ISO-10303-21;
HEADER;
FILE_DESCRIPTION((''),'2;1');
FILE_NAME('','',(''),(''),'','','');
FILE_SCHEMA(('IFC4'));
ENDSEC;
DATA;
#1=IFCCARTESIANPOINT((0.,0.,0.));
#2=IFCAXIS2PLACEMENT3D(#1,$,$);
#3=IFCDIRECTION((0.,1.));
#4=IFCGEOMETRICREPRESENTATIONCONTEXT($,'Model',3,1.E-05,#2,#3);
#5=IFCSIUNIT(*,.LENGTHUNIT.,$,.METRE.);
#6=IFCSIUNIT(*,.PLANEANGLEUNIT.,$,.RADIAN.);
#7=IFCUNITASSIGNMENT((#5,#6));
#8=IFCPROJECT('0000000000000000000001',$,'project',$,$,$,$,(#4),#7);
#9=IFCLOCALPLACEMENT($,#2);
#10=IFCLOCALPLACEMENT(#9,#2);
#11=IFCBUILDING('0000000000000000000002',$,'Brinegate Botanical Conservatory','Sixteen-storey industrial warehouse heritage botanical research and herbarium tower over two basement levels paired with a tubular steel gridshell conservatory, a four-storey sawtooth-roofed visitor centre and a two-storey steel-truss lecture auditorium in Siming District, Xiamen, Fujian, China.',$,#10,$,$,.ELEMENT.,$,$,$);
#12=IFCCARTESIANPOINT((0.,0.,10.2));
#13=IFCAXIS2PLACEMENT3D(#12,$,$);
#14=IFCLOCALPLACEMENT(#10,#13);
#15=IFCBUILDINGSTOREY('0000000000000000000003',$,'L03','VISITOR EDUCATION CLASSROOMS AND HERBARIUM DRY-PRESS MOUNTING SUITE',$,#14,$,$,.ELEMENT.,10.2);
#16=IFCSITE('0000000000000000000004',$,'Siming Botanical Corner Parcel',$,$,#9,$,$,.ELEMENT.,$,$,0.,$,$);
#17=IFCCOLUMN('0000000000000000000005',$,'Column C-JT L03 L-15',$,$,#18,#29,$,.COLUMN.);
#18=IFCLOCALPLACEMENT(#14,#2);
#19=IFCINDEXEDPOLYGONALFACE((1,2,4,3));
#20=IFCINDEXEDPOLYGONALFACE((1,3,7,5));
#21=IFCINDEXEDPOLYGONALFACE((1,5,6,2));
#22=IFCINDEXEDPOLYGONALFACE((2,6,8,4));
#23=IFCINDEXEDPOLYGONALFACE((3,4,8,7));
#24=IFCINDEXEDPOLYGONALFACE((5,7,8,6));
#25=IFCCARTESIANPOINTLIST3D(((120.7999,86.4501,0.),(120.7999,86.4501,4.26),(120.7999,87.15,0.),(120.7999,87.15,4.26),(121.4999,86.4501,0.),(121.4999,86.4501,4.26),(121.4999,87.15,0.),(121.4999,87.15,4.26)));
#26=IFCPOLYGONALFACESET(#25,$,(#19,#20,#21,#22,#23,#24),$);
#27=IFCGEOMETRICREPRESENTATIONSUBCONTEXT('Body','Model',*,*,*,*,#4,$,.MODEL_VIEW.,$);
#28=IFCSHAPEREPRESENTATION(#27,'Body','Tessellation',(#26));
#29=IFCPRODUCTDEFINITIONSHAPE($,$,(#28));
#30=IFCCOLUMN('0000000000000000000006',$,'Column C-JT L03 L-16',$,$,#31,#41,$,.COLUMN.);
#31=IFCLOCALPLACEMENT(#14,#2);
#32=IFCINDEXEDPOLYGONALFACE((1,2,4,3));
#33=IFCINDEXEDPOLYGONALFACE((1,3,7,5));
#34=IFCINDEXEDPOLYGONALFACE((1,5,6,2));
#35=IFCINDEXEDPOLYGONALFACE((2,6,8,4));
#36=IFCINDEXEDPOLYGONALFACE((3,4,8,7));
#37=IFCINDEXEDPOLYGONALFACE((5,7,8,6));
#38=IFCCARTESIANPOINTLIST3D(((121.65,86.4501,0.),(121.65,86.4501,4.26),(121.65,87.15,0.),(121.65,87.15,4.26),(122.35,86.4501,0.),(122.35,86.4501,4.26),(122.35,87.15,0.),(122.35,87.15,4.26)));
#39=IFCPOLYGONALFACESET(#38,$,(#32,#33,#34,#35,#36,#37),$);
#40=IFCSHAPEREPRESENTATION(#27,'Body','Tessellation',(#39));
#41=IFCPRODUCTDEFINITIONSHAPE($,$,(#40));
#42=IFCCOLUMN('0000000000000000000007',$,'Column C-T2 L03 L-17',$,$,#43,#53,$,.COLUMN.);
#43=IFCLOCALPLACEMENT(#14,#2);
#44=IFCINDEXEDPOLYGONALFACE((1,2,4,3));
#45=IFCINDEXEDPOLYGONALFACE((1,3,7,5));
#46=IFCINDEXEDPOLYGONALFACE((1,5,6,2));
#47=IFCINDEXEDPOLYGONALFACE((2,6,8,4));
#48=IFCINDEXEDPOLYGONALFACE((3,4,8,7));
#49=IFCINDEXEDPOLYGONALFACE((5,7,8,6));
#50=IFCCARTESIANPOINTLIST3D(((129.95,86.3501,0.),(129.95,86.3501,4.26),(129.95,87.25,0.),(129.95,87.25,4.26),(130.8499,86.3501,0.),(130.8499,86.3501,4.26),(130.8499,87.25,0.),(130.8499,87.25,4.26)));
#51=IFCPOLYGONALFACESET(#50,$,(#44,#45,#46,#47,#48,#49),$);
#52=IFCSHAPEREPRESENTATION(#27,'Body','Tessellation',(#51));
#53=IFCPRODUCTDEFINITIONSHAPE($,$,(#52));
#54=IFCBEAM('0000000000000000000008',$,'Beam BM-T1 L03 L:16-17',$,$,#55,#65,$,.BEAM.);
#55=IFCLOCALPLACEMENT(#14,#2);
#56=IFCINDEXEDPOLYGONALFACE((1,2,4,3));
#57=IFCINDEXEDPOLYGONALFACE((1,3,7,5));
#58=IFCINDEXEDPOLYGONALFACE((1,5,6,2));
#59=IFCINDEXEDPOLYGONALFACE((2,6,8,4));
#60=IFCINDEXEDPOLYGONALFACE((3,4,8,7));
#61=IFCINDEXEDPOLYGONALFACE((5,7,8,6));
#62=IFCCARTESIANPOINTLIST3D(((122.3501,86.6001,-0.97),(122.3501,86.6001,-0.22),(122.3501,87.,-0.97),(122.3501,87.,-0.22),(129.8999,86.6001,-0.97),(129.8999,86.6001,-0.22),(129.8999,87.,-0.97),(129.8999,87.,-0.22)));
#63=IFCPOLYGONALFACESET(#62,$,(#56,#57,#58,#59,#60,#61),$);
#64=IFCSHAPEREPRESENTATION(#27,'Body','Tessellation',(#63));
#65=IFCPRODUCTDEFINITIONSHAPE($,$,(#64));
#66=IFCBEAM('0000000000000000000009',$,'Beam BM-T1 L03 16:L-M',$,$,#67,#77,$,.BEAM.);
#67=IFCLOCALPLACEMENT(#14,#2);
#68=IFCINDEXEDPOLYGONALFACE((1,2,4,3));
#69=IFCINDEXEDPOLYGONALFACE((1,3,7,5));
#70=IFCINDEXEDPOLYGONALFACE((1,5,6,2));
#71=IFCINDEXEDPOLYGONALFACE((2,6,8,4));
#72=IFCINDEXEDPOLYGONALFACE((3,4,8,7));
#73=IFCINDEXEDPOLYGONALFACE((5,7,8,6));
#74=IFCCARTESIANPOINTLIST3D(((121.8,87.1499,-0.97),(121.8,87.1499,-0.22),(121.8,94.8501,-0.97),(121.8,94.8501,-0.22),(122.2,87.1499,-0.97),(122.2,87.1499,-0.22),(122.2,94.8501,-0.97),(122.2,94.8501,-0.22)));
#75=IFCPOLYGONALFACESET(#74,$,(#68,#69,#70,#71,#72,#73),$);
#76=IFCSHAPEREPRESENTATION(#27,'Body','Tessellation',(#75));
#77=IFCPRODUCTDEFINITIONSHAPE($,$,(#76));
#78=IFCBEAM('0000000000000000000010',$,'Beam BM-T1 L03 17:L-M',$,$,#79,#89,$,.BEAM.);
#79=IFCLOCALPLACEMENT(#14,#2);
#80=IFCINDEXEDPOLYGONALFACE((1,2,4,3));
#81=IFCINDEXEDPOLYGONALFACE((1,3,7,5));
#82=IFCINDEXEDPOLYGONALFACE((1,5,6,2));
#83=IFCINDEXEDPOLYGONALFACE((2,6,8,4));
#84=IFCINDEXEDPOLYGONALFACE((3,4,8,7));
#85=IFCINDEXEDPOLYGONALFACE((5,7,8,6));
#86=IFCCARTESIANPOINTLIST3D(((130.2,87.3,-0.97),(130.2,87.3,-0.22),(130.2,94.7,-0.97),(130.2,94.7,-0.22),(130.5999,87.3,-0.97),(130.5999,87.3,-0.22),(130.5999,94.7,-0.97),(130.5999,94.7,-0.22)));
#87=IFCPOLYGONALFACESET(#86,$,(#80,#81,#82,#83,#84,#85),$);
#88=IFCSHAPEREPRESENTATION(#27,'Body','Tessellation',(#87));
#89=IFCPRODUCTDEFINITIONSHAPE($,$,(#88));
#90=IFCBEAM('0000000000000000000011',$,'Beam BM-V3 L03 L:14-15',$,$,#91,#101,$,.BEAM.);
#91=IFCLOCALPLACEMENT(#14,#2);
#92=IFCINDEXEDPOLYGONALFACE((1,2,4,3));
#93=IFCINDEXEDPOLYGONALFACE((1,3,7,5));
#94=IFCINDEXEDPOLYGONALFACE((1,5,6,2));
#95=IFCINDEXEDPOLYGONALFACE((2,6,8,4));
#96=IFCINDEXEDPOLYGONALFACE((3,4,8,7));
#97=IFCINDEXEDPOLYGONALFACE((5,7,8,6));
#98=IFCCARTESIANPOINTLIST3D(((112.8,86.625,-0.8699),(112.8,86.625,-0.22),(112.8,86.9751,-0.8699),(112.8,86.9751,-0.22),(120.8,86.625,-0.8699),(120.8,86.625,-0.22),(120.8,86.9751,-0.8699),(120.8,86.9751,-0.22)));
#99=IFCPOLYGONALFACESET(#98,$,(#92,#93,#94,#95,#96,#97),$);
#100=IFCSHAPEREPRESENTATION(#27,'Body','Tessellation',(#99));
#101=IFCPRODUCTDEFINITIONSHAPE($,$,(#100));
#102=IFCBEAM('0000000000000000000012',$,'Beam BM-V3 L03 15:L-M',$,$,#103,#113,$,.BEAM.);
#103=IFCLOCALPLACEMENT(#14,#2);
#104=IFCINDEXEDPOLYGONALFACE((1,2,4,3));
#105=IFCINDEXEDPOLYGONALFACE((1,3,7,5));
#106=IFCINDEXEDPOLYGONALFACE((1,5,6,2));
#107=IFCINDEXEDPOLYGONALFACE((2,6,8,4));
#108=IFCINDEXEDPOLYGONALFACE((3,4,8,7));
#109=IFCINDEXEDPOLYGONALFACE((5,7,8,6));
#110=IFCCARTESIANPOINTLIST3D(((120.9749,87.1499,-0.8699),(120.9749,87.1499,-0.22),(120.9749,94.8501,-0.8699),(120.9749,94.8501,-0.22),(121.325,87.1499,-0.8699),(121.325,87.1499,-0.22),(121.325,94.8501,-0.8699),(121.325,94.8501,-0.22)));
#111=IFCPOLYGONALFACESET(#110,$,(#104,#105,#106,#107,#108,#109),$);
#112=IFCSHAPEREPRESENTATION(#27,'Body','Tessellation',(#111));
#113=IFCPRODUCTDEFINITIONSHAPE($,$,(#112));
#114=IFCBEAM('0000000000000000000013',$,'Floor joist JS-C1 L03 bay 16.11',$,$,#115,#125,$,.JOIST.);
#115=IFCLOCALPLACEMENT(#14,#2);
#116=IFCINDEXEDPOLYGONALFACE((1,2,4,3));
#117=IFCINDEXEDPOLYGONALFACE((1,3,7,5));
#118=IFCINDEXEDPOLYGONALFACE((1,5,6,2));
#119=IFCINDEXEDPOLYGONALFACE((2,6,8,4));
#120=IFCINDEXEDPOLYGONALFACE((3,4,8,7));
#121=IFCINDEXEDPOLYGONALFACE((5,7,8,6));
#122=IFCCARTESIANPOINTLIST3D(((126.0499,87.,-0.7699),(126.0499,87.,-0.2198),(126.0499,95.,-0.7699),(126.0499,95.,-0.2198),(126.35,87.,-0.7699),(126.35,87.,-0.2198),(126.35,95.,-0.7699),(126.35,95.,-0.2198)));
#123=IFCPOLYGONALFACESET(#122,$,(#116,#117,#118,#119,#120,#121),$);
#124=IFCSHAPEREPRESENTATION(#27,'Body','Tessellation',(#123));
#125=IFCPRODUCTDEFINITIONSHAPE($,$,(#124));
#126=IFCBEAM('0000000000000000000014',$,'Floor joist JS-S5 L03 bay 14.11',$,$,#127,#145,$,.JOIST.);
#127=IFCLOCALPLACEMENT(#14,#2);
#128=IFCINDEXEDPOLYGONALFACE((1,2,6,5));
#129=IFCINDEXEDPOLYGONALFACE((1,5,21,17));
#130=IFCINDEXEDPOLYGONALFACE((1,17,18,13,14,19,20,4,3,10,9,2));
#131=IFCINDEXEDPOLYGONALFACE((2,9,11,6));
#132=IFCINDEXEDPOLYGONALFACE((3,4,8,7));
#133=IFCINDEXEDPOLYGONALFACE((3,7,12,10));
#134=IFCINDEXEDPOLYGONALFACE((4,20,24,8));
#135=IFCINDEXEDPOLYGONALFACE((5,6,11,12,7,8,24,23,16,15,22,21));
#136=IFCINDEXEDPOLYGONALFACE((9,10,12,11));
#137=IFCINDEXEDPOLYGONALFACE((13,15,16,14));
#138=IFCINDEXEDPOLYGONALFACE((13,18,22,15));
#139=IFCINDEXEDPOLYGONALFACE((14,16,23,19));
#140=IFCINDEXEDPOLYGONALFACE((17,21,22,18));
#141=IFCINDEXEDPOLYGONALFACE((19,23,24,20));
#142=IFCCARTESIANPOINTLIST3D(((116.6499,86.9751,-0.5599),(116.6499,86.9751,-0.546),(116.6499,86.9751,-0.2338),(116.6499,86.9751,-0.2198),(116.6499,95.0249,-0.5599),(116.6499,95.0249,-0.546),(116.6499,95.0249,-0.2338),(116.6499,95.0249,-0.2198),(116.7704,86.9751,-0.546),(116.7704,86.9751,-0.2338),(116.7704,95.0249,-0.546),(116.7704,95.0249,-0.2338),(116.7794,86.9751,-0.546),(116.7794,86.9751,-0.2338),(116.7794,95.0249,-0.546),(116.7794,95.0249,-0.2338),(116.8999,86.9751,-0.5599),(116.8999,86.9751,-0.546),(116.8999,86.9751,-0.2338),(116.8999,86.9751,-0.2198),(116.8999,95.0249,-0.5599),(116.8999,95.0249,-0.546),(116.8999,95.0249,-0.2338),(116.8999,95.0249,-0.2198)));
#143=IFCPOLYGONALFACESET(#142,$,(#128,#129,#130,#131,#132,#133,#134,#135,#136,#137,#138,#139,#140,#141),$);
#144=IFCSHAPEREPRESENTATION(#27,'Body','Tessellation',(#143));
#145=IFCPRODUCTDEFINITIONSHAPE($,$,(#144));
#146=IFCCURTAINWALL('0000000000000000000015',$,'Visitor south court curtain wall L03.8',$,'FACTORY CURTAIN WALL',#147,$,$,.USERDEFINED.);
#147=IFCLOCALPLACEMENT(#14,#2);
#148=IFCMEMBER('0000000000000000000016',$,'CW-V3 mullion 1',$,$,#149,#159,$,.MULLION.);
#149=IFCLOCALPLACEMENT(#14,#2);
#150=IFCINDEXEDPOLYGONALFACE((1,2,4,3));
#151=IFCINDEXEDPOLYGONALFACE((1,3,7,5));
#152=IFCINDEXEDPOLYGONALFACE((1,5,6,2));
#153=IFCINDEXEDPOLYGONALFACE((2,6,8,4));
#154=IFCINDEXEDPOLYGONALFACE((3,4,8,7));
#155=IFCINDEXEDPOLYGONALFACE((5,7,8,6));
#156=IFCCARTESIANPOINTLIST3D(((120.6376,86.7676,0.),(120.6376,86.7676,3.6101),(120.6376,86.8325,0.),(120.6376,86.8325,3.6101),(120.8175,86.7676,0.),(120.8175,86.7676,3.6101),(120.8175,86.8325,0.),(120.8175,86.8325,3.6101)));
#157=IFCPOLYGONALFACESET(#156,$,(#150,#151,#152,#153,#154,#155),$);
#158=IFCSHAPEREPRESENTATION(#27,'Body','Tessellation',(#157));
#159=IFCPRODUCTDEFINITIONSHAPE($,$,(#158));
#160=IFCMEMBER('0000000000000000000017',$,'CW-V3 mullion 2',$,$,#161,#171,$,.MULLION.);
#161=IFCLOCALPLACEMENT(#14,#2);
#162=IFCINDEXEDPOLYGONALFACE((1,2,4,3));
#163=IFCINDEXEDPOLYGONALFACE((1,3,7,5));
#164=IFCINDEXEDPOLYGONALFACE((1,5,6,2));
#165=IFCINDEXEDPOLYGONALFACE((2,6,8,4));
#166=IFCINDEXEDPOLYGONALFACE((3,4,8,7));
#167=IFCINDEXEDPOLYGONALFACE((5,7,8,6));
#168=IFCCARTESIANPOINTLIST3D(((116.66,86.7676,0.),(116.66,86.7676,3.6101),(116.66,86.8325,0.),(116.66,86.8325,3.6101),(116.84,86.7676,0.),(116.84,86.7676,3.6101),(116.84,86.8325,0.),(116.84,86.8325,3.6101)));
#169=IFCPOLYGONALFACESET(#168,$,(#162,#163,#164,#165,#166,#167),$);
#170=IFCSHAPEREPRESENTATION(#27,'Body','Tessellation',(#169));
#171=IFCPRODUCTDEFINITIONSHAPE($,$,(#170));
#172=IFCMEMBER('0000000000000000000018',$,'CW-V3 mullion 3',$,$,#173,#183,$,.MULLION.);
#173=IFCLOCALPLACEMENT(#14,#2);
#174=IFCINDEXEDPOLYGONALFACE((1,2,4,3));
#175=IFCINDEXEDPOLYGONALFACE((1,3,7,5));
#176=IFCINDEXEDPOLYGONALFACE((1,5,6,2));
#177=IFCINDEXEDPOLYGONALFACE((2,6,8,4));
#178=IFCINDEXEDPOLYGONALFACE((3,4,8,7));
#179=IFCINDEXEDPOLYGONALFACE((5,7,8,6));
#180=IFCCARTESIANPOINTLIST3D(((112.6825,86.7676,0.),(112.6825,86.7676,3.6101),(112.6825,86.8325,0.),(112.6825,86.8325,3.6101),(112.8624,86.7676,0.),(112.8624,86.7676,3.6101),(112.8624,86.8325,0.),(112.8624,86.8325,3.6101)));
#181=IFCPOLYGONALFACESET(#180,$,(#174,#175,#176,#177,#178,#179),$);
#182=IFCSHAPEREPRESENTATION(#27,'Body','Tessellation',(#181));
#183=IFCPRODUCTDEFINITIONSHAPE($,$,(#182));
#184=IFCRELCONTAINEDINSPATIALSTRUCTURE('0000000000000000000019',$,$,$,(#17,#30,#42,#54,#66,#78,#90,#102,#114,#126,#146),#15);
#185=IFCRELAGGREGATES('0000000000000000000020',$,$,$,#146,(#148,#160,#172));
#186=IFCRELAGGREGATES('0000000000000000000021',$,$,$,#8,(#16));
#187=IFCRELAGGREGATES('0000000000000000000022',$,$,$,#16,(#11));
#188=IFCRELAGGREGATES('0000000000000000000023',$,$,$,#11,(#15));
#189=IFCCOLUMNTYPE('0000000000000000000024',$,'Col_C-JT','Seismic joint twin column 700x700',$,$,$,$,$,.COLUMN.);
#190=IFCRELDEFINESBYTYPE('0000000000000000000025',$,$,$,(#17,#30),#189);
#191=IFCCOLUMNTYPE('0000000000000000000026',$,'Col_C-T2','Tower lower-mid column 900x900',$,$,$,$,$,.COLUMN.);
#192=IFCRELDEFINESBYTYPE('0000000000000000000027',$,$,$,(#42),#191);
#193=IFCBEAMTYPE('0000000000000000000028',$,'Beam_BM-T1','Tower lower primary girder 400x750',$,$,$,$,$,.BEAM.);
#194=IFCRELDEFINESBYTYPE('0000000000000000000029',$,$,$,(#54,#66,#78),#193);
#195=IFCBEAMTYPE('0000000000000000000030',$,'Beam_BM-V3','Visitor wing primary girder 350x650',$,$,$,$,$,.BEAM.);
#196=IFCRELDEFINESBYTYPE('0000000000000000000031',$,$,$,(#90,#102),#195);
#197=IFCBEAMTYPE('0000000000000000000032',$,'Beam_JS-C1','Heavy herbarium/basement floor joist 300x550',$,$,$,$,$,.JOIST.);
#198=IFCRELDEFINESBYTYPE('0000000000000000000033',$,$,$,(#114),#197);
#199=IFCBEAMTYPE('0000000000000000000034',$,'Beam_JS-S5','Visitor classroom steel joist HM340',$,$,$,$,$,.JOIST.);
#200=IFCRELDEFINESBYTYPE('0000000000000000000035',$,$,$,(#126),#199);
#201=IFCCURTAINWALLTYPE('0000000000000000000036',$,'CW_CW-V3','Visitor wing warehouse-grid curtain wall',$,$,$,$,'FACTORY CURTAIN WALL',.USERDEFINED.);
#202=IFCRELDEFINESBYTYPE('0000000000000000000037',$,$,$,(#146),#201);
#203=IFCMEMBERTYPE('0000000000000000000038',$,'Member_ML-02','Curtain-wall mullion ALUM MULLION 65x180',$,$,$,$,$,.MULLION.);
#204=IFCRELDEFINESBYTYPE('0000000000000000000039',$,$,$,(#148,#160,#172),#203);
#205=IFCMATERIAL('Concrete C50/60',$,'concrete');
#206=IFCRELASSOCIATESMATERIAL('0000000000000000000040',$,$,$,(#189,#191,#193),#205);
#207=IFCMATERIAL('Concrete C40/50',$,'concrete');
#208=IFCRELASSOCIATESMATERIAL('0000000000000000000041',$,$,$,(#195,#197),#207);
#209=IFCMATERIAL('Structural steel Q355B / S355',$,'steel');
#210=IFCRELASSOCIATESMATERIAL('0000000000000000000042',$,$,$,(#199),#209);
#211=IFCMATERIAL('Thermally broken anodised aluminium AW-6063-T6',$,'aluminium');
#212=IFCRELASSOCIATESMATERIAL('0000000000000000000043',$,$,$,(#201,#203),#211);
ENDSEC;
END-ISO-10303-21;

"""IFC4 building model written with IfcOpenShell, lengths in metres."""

from ifc_helpers import new_model, si_unit, direction, frame, origin, origin_2d, place, context, subcontext, project, spatial, rectangle, i_section, extrude, material, material_profile, profile_set, type_object, element, aggregate, save


model = new_model("IFC4")

# Units and contexts
model_context = context("Model", 3, precision=1e-05, world=origin(), true_north=direction((0.0, 1.0)))
body_context = subcontext(model_context, "Body", "Model", "MODEL_VIEW")
ifc_project = project(units=[si_unit("LENGTHUNIT", "METRE"), si_unit("PLANEANGLEUNIT", "RADIAN")], contexts=[model_context])

# Site, building, storey
site_placement = place(None, origin())
site = spatial("IfcSite", under=ifc_project, at=site_placement, Name="Siming Botanical Corner Parcel", CompositionType="ELEMENT", RefElevation=0.0)
building_placement = place(site_placement, origin())
building = spatial("IfcBuilding", under=site, at=building_placement, Name="Brinegate Botanical Conservatory", Description="Sixteen-storey industrial warehouse heritage botanical research and herbarium tower over two basement levels paired with a tubular steel gridshell conservatory, a four-storey sawtooth-roofed visitor centre and a two-storey steel-truss lecture auditorium in Siming District, Xiamen, Fujian, China.", CompositionType="ELEMENT")
storey_placement = place(building_placement, frame((0.0, 0.0, 10.2)))
storey = spatial("IfcBuildingStorey", under=building, at=storey_placement, Name="L03", Description="VISITOR EDUCATION CLASSROOMS AND HERBARIUM DRY-PRESS MOUNTING SUITE", CompositionType="ELEMENT", Elevation=10.2)

# Columns
ifc_material_1 = material(Name="Concrete C50/60", Category="concrete")
ifc_material_profile_1 = material_profile(ifc_material_1, rectangle(XDim=0.7, YDim=0.7, at=origin_2d()), Name="RC COL 700x700")
ifc_profile_set_1 = profile_set([ifc_material_profile_1], Name="Concrete C50/60")
column_type_1 = type_object("IfcColumnType", Name="Col_C-JT", Description="Seismic joint twin column 700x700", PredefinedType="COLUMN", material=ifc_profile_set_1)
for number, where, z_axis, x_axis, name in (
    (1, (121.1499, 86.8, 0.0), (0.0, 0.0, 1.0), (1.0, 0.0, 0.0), "Column C-JT L03 L-15"),
    (2, (122.0, 86.8, 0.0), (0.0, 0.0, 1.0), (1.0, 0.0, 0.0), "Column C-JT L03 L-16"),
):
    element("IfcColumn", number, at=place(storey_placement, frame(where, z_axis=z_axis, x_axis=x_axis)), inside=storey, type_object=column_type_1, Name=name, PredefinedType="COLUMN", context=body_context, shape_type="SweptSolid", body=[
        extrude(rectangle(XDim=0.7, YDim=0.7, at=origin_2d()), origin(), (0.0, 0.0, 1.0), 4.26),
    ])
ifc_material_profile_2 = material_profile(ifc_material_1, rectangle(XDim=0.8999, YDim=0.8999, at=origin_2d()), Name="RC COL 900x900")
ifc_profile_set_2 = profile_set([ifc_material_profile_2], Name="Concrete C50/60")
column_type_2 = type_object("IfcColumnType", Name="Col_C-T2", Description="Tower lower-mid column 900x900", PredefinedType="COLUMN", material=ifc_profile_set_2)
column_placement = place(storey_placement, frame((130.3999, 86.8, 0.0), z_axis=(0.0, 0.0, 1.0), x_axis=(1.0, 0.0, 0.0)))
element("IfcColumn", 3, at=column_placement, inside=storey, type_object=column_type_2, Name="Column C-T2 L03 L-17", PredefinedType="COLUMN", context=body_context, shape_type="SweptSolid", body=[
    extrude(rectangle(XDim=0.8999, YDim=0.8999, at=origin_2d()), origin(), (0.0, 0.0, 1.0), 4.26),
])

# Beams
ifc_material_profile_3 = material_profile(ifc_material_1, rectangle(XDim=0.3999, YDim=0.75, at=origin_2d()), Name="RC BM 400x750")
ifc_profile_set_3 = profile_set([ifc_material_profile_3], Name="Concrete C50/60")
beam_type_1 = type_object("IfcBeamType", Name="Beam_BM-T1", Description="Tower lower primary girder 400x750", PredefinedType="BEAM", material=ifc_profile_set_3)
beam_1_placement = place(storey_placement, frame((122.3501, 86.8, -0.595), z_axis=(1.0, 0.0, 0.0), x_axis=(0.0, 1.0, 0.0)))
element("IfcBeam", 4, at=beam_1_placement, inside=storey, type_object=beam_type_1, Name="Beam BM-T1 L03 L:16-17", PredefinedType="BEAM", context=body_context, shape_type="SweptSolid", body=[
    extrude(rectangle(XDim=0.3999, YDim=0.75, at=origin_2d()), origin(), (0.0, 0.0, 1.0), 7.5498),
])
beam_2_placement = place(storey_placement, frame((122.0, 87.1499, -0.595), z_axis=(0.0, 1.0, 0.0), x_axis=(-1.0, 0.0, 0.0)))
element("IfcBeam", 5, at=beam_2_placement, inside=storey, type_object=beam_type_1, Name="Beam BM-T1 L03 16:L-M", PredefinedType="BEAM", context=body_context, shape_type="SweptSolid", body=[
    extrude(rectangle(XDim=0.3999, YDim=0.75, at=origin_2d()), origin(), (0.0, 0.0, 1.0), 7.7002),
])
beam_3_placement = place(storey_placement, frame((130.3999, 87.3, -0.595), z_axis=(0.0, 1.0, 0.0), x_axis=(-1.0, 0.0, 0.0)))
element("IfcBeam", 6, at=beam_3_placement, inside=storey, type_object=beam_type_1, Name="Beam BM-T1 L03 17:L-M", PredefinedType="BEAM", context=body_context, shape_type="SweptSolid", body=[
    extrude(rectangle(XDim=0.3999, YDim=0.75, at=origin_2d()), origin(), (0.0, 0.0, 1.0), 7.3999),
])
ifc_material_2 = material(Name="Concrete C40/50", Category="concrete")
ifc_material_profile_4 = material_profile(ifc_material_2, rectangle(XDim=0.3501, YDim=0.6499, at=origin_2d()), Name="RC BM 350x650")
ifc_profile_set_4 = profile_set([ifc_material_profile_4], Name="Concrete C40/50")
beam_type_2 = type_object("IfcBeamType", Name="Beam_BM-V3", Description="Visitor wing primary girder 350x650", PredefinedType="BEAM", material=ifc_profile_set_4)
beam_4_placement = place(storey_placement, frame((112.8, 86.8, -0.5449), z_axis=(1.0, 0.0, 0.0), x_axis=(0.0, 1.0, 0.0)))
element("IfcBeam", 7, at=beam_4_placement, inside=storey, type_object=beam_type_2, Name="Beam BM-V3 L03 L:14-15", PredefinedType="BEAM", context=body_context, shape_type="SweptSolid", body=[
    extrude(rectangle(XDim=0.3501, YDim=0.6499, at=origin_2d()), origin(), (0.0, 0.0, 1.0), 8.0),
])
beam_5_placement = place(storey_placement, frame((121.1499, 87.1499, -0.5449), z_axis=(0.0, 1.0, 0.0), x_axis=(-1.0, 0.0, 0.0)))
element("IfcBeam", 8, at=beam_5_placement, inside=storey, type_object=beam_type_2, Name="Beam BM-V3 L03 15:L-M", PredefinedType="BEAM", context=body_context, shape_type="SweptSolid", body=[
    extrude(rectangle(XDim=0.3501, YDim=0.6499, at=origin_2d()), origin(), (0.0, 0.0, 1.0), 7.7002),
])
ifc_material_profile_5 = material_profile(ifc_material_2, rectangle(XDim=0.3, YDim=0.55, at=origin_2d()), Name="RC JST 300x550")
ifc_profile_set_5 = profile_set([ifc_material_profile_5], Name="Concrete C40/50")
beam_type_3 = type_object("IfcBeamType", Name="Beam_JS-C1", Description="Heavy herbarium/basement floor joist 300x550", PredefinedType="JOIST", material=ifc_profile_set_5)
beam_6_placement = place(storey_placement, frame((126.2, 87.0, -0.4949), z_axis=(0.0, 1.0, 0.0), x_axis=(-1.0, 0.0, 0.0)))
element("IfcBeam", 9, at=beam_6_placement, inside=storey, type_object=beam_type_3, Name="Floor joist JS-C1 L03 bay 16.11", PredefinedType="JOIST", context=body_context, shape_type="SweptSolid", body=[
    extrude(rectangle(XDim=0.3, YDim=0.55, at=origin_2d()), origin(), (0.0, 0.0, 1.0), 8.0),
])
ifc_material_3 = material(Name="Structural steel Q355B / S355", Category="steel")
ifc_material_profile_6 = material_profile(ifc_material_3, i_section(OverallWidth=0.25, OverallDepth=0.3401, WebThickness=0.009, FlangeThickness=0.0139, at=origin_2d()), Name="HM 340x250x9x14")
ifc_profile_set_6 = profile_set([ifc_material_profile_6], Name="Structural steel Q355B / S355")
beam_type_4 = type_object("IfcBeamType", Name="Beam_JS-S5", Description="Visitor classroom steel joist HM340", PredefinedType="JOIST", material=ifc_profile_set_6)
beam_7_placement = place(storey_placement, frame((116.7749, 86.9751, -0.3899), z_axis=(0.0, 1.0, 0.0), x_axis=(-1.0, 0.0, 0.0)))
element("IfcBeam", 10, at=beam_7_placement, inside=storey, type_object=beam_type_4, Name="Floor joist JS-S5 L03 bay 14.11", PredefinedType="JOIST", context=body_context, shape_type="SweptSolid", body=[
    extrude(i_section(OverallWidth=0.25, OverallDepth=0.3401, WebThickness=0.009, FlangeThickness=0.0139, at=origin_2d()), origin(), (0.0, 0.0, 1.0), 8.0498),
])

# Curtain wall, members
ifc_material_4 = material(Name="Thermally broken anodised aluminium AW-6063-T6", Category="aluminium")
curtain_wall_type = type_object("IfcCurtainWallType", Name="CW_CW-V3", Description="Visitor wing warehouse-grid curtain wall", ElementType="FACTORY CURTAIN WALL", PredefinedType="USERDEFINED", material=ifc_material_4)
curtain_wall_placement = place(storey_placement, origin())
curtain_wall = element("IfcCurtainWall", 11, at=curtain_wall_placement, inside=storey, type_object=curtain_wall_type, Name="Visitor south court curtain wall L03.8", ObjectType="FACTORY CURTAIN WALL", PredefinedType="USERDEFINED")
ifc_material_profile_7 = material_profile(ifc_material_4, rectangle(XDim=0.0649, YDim=0.1799, at=origin_2d()), Name="ALUM MULLION 65x180")
ifc_profile_set_7 = profile_set([ifc_material_profile_7], Name="Thermally broken anodised aluminium AW-6063-T6")
member_type_1 = type_object("IfcMemberType", Name="Member_ML-02", Description="Curtain-wall mullion ALUM MULLION 65x180", PredefinedType="MULLION", material=ifc_profile_set_7)
member_1_placement = place(storey_placement, frame((120.7275, 86.8, 0.0), z_axis=(0.0, 0.0, 1.0), x_axis=(0.0, -1.0, 0.0)))
member_1 = element("IfcMember", 12, at=member_1_placement, type_object=member_type_1, Name="CW-V3 mullion 1", PredefinedType="MULLION", context=body_context, shape_type="SweptSolid", body=[
    extrude(rectangle(XDim=0.0649, YDim=0.1799, at=origin_2d()), origin(), (0.0, 0.0, 1.0), 3.6101),
])
member_2_placement = place(storey_placement, frame((116.75, 86.8, 0.0), z_axis=(0.0, 0.0, 1.0), x_axis=(0.0, -1.0, 0.0)))
member_2 = element("IfcMember", 13, at=member_2_placement, type_object=member_type_1, Name="CW-V3 mullion 2", PredefinedType="MULLION", context=body_context, shape_type="SweptSolid", body=[
    extrude(rectangle(XDim=0.0649, YDim=0.1799, at=origin_2d()), origin(), (0.0, 0.0, 1.0), 3.6101),
])
member_3_placement = place(storey_placement, frame((112.7725, 86.8, 0.0), z_axis=(0.0, 0.0, 1.0), x_axis=(0.0, -1.0, 0.0)))
member_3 = element("IfcMember", 14, at=member_3_placement, type_object=member_type_1, Name="CW-V3 mullion 3", PredefinedType="MULLION", context=body_context, shape_type="SweptSolid", body=[
    extrude(rectangle(XDim=0.0649, YDim=0.1799, at=origin_2d()), origin(), (0.0, 0.0, 1.0), 3.6101),
])
aggregate(curtain_wall, [member_1, member_2, member_3])

save(model, "model.ifc")
